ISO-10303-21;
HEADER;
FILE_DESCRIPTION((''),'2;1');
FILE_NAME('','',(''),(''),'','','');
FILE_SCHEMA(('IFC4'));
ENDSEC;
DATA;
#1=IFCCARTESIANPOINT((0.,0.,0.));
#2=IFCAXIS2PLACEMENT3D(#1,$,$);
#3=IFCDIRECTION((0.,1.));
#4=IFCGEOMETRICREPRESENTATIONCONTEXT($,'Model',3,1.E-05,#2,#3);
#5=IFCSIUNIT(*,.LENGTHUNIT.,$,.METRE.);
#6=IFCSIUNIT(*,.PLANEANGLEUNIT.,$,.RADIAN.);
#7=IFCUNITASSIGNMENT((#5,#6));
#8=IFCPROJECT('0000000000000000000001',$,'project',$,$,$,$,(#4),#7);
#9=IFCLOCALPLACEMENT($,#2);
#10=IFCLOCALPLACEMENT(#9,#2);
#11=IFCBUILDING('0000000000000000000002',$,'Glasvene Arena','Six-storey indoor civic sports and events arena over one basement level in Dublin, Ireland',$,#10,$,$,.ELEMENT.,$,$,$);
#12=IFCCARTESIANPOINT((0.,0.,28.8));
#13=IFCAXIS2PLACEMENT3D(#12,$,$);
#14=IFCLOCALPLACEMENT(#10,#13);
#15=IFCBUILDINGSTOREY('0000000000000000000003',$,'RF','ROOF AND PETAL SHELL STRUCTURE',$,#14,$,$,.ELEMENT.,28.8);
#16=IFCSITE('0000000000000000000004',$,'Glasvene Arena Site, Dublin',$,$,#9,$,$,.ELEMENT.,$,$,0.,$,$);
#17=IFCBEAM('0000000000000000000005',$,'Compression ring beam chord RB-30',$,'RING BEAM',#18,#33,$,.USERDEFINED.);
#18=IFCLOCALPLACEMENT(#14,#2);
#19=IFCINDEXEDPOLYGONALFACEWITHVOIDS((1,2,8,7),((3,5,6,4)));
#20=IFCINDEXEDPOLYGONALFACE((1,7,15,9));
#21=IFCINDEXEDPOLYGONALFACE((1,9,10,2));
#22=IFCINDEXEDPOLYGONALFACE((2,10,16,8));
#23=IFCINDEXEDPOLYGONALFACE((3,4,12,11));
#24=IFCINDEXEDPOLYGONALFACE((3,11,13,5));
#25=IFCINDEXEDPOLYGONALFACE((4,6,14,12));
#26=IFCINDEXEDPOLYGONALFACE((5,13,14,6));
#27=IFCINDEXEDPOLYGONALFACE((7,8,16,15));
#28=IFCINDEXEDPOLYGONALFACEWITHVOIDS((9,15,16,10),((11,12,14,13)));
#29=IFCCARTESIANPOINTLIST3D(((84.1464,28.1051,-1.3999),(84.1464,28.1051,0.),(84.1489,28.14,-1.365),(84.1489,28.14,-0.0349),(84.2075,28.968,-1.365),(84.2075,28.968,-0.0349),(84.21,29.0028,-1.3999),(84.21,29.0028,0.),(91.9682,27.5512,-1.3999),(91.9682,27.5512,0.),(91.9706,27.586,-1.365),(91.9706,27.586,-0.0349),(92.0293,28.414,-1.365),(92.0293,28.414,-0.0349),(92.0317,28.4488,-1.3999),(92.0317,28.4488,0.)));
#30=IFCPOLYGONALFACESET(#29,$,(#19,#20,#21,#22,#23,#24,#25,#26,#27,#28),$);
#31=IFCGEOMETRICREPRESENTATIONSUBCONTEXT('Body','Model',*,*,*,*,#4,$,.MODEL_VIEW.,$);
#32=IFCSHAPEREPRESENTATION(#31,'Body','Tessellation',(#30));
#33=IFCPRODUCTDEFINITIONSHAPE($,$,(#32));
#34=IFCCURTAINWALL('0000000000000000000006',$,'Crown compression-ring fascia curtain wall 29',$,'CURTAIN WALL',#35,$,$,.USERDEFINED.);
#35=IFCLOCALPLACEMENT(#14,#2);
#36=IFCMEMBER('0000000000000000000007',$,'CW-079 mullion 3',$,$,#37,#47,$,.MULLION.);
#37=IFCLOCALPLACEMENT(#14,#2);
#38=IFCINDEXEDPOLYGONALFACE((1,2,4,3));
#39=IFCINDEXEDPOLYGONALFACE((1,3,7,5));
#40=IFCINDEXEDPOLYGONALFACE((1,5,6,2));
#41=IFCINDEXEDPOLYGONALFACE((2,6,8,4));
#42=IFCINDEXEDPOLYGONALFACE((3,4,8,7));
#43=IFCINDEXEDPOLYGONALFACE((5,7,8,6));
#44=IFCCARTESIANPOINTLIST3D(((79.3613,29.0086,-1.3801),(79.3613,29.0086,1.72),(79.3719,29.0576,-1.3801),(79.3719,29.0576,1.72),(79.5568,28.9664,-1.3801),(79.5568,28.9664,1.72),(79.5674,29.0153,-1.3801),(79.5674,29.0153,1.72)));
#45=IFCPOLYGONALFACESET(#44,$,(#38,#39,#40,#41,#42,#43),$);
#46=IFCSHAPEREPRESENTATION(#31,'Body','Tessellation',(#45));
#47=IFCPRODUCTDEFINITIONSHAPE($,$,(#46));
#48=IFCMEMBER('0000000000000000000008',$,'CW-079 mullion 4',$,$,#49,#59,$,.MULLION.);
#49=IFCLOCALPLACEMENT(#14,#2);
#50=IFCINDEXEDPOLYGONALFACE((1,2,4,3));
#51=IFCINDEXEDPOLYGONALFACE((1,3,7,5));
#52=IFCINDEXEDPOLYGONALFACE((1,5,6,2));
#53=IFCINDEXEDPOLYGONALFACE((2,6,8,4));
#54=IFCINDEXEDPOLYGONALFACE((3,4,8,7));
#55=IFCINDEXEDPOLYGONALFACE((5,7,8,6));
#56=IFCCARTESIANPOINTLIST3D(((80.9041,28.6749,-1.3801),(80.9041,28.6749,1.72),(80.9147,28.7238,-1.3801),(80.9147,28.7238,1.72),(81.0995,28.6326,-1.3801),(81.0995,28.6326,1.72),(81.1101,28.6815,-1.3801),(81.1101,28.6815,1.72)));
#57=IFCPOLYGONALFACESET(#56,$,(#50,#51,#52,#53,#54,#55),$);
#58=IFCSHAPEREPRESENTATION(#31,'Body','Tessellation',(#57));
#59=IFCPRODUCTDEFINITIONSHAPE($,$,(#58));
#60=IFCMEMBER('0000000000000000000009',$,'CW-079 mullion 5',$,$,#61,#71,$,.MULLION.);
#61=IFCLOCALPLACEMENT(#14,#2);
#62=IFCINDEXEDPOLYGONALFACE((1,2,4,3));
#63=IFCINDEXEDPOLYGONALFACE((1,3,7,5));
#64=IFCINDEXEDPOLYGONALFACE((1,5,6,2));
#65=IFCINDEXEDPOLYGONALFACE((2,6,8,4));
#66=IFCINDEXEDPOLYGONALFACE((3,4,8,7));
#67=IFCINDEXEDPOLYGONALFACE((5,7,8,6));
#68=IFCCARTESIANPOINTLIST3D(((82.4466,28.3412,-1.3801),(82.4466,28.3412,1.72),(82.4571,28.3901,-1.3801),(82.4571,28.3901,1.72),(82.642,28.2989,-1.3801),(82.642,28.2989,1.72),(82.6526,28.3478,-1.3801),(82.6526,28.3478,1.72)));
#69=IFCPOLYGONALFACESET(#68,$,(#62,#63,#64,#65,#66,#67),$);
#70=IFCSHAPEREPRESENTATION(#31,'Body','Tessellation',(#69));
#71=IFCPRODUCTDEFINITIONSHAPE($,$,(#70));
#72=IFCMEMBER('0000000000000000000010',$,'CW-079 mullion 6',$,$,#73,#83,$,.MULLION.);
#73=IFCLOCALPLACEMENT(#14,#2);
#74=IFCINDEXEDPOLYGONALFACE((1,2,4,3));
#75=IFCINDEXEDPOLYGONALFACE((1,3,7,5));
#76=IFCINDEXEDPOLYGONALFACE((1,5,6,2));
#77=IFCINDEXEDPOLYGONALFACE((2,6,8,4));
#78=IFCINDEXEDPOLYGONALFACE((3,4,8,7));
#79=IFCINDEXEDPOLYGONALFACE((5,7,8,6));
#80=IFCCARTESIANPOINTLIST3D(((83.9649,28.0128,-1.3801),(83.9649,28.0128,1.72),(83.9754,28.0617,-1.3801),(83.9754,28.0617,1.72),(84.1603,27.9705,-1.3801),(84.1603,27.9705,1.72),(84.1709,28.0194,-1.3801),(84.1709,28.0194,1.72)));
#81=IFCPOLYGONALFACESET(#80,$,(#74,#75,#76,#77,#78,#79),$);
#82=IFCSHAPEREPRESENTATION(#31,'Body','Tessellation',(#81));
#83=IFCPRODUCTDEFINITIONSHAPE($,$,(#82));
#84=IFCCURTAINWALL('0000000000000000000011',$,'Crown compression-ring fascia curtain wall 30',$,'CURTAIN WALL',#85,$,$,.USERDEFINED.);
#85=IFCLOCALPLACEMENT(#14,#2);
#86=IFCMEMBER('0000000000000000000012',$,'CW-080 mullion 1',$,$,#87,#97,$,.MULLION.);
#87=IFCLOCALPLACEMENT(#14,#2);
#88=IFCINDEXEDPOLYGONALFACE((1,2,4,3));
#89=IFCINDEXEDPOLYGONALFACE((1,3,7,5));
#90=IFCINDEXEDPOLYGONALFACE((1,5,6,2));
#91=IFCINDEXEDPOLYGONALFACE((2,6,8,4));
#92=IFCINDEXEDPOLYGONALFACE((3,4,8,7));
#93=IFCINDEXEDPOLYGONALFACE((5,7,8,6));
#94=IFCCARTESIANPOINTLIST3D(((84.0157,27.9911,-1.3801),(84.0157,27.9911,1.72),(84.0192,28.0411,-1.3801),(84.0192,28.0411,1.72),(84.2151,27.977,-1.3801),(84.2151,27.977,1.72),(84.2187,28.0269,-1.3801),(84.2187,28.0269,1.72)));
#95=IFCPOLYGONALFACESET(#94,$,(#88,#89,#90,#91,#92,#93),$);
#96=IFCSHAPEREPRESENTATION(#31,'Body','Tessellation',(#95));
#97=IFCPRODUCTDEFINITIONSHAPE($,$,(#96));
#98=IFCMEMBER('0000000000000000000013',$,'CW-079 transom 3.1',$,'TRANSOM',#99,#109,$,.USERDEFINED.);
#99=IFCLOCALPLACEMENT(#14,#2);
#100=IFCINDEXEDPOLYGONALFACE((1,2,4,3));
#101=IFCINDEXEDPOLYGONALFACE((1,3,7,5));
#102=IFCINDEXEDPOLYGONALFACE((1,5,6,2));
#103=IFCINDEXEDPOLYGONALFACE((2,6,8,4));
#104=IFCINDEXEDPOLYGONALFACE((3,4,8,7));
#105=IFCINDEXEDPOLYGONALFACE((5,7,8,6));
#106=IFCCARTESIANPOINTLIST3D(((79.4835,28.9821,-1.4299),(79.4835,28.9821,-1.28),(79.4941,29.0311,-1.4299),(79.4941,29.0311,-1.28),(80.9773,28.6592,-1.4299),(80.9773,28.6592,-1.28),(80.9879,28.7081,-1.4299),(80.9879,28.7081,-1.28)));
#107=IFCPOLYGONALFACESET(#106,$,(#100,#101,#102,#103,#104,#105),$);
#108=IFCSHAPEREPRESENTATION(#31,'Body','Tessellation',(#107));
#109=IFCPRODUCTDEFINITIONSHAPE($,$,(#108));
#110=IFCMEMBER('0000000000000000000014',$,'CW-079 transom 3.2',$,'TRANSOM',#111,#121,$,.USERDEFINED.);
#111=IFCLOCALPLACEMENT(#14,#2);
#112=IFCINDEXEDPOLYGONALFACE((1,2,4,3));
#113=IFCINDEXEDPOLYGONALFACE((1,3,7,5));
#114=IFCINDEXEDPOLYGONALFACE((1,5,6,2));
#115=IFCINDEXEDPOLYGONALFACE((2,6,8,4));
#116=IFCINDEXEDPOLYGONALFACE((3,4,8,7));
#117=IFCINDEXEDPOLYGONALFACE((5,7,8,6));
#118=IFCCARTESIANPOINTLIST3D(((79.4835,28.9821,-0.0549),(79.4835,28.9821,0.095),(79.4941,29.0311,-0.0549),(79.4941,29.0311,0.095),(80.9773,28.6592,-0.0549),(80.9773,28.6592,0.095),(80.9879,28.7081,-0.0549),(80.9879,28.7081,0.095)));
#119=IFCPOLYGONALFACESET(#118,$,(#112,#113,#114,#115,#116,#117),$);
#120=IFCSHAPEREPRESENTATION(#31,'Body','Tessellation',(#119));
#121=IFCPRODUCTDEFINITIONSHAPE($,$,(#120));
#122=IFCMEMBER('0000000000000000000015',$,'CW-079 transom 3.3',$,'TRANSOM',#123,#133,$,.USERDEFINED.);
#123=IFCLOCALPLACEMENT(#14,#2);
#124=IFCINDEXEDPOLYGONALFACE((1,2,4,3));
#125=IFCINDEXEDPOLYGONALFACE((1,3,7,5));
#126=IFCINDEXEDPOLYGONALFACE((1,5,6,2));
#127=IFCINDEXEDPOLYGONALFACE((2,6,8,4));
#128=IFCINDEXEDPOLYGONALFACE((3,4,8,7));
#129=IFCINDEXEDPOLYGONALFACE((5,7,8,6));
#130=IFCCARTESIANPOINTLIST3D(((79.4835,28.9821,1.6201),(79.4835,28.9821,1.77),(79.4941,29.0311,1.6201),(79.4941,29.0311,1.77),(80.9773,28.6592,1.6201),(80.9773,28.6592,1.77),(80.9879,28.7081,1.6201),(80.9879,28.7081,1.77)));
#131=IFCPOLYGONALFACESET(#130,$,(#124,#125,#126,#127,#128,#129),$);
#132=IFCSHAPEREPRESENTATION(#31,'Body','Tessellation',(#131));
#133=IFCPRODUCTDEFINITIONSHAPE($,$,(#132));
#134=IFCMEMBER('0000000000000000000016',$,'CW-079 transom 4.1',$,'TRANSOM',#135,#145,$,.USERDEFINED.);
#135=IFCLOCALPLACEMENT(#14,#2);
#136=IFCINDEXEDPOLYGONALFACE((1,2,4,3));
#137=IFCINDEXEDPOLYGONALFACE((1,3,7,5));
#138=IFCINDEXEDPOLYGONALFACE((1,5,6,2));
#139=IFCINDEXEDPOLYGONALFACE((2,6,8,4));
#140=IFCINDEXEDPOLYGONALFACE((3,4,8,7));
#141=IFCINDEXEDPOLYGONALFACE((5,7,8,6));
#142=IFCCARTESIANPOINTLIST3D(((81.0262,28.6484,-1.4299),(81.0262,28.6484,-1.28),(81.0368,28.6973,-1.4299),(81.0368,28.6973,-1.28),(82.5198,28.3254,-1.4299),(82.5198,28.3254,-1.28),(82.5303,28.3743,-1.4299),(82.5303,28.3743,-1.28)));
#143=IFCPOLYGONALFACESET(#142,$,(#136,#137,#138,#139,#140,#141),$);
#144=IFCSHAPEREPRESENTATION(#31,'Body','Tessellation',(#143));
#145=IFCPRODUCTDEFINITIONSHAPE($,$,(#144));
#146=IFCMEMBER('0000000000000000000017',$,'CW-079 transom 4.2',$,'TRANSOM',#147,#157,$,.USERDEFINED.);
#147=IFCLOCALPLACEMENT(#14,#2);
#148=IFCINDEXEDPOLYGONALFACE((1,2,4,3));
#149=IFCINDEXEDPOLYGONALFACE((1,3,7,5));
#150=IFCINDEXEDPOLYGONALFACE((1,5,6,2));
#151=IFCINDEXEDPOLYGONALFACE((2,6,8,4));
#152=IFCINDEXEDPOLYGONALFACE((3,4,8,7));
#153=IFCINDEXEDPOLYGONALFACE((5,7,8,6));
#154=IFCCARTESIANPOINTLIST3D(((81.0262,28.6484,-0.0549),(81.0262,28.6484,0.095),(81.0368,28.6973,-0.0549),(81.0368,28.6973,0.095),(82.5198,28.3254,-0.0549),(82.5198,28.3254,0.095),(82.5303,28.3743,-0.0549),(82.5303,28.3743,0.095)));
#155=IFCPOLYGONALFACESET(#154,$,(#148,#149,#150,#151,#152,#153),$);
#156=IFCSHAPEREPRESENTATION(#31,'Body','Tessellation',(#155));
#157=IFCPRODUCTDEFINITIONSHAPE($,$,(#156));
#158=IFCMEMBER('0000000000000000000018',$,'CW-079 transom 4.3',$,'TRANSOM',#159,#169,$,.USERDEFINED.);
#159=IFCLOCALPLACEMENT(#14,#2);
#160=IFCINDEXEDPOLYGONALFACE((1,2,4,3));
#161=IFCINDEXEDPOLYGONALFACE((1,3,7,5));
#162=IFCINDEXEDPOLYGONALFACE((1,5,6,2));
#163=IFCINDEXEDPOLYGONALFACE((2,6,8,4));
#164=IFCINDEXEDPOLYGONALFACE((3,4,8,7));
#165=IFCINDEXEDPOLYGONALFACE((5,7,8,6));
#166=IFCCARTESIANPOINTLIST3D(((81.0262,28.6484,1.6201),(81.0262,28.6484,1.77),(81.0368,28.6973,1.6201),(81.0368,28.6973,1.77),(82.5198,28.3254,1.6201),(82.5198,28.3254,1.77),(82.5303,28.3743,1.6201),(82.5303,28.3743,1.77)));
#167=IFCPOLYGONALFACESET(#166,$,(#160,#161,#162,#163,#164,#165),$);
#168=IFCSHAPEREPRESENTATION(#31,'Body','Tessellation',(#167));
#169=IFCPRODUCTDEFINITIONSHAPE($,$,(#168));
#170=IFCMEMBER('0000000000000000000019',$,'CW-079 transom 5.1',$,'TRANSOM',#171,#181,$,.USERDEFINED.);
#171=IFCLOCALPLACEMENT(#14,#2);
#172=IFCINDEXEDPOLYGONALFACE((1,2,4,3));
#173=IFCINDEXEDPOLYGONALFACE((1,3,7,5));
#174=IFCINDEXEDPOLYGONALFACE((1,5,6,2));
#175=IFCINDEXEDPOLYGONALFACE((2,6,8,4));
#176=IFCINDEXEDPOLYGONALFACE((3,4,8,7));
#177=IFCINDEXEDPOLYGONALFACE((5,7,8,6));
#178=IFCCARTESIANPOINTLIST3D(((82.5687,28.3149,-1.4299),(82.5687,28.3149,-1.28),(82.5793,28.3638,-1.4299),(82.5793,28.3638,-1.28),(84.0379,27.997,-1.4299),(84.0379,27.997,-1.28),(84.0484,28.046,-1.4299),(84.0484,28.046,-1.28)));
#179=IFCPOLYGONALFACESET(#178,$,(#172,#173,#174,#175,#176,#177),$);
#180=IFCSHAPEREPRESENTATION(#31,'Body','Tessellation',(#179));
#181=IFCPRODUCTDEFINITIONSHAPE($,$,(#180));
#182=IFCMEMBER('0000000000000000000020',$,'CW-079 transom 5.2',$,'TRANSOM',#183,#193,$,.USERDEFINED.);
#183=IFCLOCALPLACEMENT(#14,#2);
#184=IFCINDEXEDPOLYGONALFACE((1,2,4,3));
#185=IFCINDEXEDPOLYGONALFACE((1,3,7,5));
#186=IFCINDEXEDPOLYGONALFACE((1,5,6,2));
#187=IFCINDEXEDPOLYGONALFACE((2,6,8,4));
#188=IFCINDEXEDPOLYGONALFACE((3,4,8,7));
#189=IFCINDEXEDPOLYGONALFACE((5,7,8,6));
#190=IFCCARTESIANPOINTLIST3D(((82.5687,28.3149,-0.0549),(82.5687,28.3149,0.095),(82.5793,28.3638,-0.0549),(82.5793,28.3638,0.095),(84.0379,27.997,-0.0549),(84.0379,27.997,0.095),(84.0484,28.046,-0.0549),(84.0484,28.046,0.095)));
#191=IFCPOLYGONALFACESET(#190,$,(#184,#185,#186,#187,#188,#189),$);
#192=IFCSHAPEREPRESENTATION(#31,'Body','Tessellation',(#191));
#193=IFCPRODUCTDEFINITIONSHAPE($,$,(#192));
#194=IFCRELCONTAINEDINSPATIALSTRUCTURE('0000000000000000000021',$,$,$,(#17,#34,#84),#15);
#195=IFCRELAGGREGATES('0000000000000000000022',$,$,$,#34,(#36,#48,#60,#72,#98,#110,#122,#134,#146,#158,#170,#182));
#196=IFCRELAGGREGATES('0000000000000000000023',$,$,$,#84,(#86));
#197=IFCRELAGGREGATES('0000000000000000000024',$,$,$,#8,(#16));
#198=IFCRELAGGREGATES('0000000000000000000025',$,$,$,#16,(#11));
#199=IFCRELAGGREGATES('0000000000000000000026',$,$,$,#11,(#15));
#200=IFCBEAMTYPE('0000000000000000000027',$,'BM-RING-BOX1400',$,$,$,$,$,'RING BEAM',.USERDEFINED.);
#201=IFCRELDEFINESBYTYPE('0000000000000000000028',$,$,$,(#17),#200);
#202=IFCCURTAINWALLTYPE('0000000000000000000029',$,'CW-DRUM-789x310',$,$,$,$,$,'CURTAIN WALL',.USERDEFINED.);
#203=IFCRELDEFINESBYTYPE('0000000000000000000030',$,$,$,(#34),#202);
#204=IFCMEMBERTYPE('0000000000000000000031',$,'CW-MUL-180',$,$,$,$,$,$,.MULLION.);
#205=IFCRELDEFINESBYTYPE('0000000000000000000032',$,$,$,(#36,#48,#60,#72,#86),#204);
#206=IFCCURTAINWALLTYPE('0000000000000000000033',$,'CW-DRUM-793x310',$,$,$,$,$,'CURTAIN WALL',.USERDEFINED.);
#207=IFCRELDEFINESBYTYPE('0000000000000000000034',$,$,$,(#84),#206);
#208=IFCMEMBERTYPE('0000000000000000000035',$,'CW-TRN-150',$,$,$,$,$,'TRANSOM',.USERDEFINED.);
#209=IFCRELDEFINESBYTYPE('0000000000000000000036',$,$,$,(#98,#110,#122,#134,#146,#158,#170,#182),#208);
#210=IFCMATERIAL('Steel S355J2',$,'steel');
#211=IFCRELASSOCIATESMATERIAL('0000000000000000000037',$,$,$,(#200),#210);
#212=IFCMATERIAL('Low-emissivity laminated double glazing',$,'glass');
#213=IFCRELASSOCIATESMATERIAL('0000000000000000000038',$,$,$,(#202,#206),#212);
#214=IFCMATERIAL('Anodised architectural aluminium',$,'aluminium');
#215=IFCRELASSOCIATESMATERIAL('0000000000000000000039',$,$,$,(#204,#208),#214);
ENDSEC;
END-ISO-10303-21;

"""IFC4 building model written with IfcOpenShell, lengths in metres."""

from ifc_helpers import new_model, si_unit, direction, frame, origin, origin_2d, place, context, subcontext, project, spatial, rectangle, hollow_rectangle, extrude, material, material_profile, profile_set, type_object, element, aggregate, save


model = new_model("IFC4")

# Units and contexts
model_context = context("Model", 3, precision=1e-05, world=origin(), true_north=direction((0.0, 1.0)))
body_context = subcontext(model_context, "Body", "Model", "MODEL_VIEW")
ifc_project = project(units=[si_unit("LENGTHUNIT", "METRE"), si_unit("PLANEANGLEUNIT", "RADIAN")], contexts=[model_context])

# Site, building, storey
site_placement = place(None, origin())
site = spatial("IfcSite", under=ifc_project, at=site_placement, Name="Glasvene Arena Site, Dublin", CompositionType="ELEMENT", RefElevation=0.0)
building_placement = place(site_placement, origin())
building = spatial("IfcBuilding", under=site, at=building_placement, Name="Glasvene Arena", Description="Six-storey indoor civic sports and events arena over one basement level in Dublin, Ireland", CompositionType="ELEMENT")
storey_placement = place(building_placement, frame((0.0, 0.0, 28.8)))
storey = spatial("IfcBuildingStorey", under=building, at=storey_placement, Name="RF", Description="ROOF AND PETAL SHELL STRUCTURE", CompositionType="ELEMENT", Elevation=28.8)

# Beam
ifc_material_1 = material(Name="Steel S355J2", Category="steel")
ifc_material_profile_1 = material_profile(ifc_material_1, hollow_rectangle(XDim=0.8999, YDim=1.3999, WallThickness=0.0349, at=origin_2d()), Name="WBOX 900x1400x35")
ifc_profile_set_1 = profile_set([ifc_material_profile_1], Name="Steel S355J2")
beam_type = type_object("IfcBeamType", Name="BM-RING-BOX1400", ElementType="RING BEAM", PredefinedType="USERDEFINED", material=ifc_profile_set_1)
beam_placement = place(storey_placement, frame((84.1782, 28.554, -0.7), z_axis=(0.997502, -0.070645, 0.0), x_axis=(0.070645, 0.997502, 0.0)))
element("IfcBeam", 1, at=beam_placement, inside=storey, type_object=beam_type, Name="Compression ring beam chord RB-30", ObjectType="RING BEAM", PredefinedType="USERDEFINED", context=body_context, shape_type="SweptSolid", body=[
    extrude(hollow_rectangle(XDim=0.8999, YDim=1.3999, WallThickness=0.0349, at=origin_2d()), origin(), (0.0, 0.0, 1.0), 7.8413),
])

# Curtain wall, members
ifc_material_2 = material(Name="Low-emissivity laminated double glazing", Category="glass")
curtain_wall_type_1 = type_object("IfcCurtainWallType", Name="CW-DRUM-789x310", ElementType="CURTAIN WALL", PredefinedType="USERDEFINED", material=ifc_material_2)
curtain_wall_1_placement = place(storey_placement, frame((76.3792, 29.6794, 0.0)))
curtain_wall_1 = element("IfcCurtainWall", 2, at=curtain_wall_1_placement, inside=storey, type_object=curtain_wall_type_1, Name="Crown compression-ring fascia curtain wall 29", ObjectType="CURTAIN WALL", PredefinedType="USERDEFINED")
ifc_material_3 = material(Name="Anodised architectural aluminium", Category="aluminium")
ifc_material_profile_2 = material_profile(ifc_material_3, rectangle(XDim=0.05, YDim=0.2, at=origin_2d()), Name="ALU MULLION 50x200")
ifc_profile_set_2 = profile_set([ifc_material_profile_2], Name="Anodised architectural aluminium")
member_type_1 = type_object("IfcMemberType", Name="CW-MUL-180", PredefinedType="MULLION", material=ifc_profile_set_2)
member_1_placement = place(storey_placement, frame((79.4644, 29.012, -1.3801), z_axis=(0.0, 0.0, 1.0), x_axis=(0.211445, 0.97739, 0.0)))
member_1 = element("IfcMember", 3, at=member_1_placement, type_object=member_type_1, Name="CW-079 mullion 3", PredefinedType="MULLION", context=body_context, shape_type="SweptSolid", body=[
    extrude(rectangle(XDim=0.05, YDim=0.2, at=origin_2d()), origin(), (0.0, 0.0, 1.0), 3.1001),
])
member_2_placement = place(storey_placement, frame((81.0071, 28.6782, -1.3801), z_axis=(0.0, 0.0, 1.0), x_axis=(0.211445, 0.97739, 0.0)))
member_2 = element("IfcMember", 4, at=member_2_placement, type_object=member_type_1, Name="CW-079 mullion 4", PredefinedType="MULLION", context=body_context, shape_type="SweptSolid", body=[
    extrude(rectangle(XDim=0.05, YDim=0.2, at=origin_2d()), origin(), (0.0, 0.0, 1.0), 3.1001),
])
member_3_placement = place(storey_placement, frame((82.5496, 28.3445, -1.3801), z_axis=(0.0, 0.0, 1.0), x_axis=(0.211445, 0.97739, 0.0)))
member_3 = element("IfcMember", 5, at=member_3_placement, type_object=member_type_1, Name="CW-079 mullion 5", PredefinedType="MULLION", context=body_context, shape_type="SweptSolid", body=[
    extrude(rectangle(XDim=0.05, YDim=0.2, at=origin_2d()), origin(), (0.0, 0.0, 1.0), 3.1001),
])
member_4_placement = place(storey_placement, frame((84.0679, 28.0161, -1.3801), z_axis=(0.0, 0.0, 1.0), x_axis=(0.211445, 0.97739, 0.0)))
member_4 = element("IfcMember", 6, at=member_4_placement, type_object=member_type_1, Name="CW-079 mullion 6", PredefinedType="MULLION", context=body_context, shape_type="SweptSolid", body=[
    extrude(rectangle(XDim=0.05, YDim=0.2, at=origin_2d()), origin(), (0.0, 0.0, 1.0), 3.1001),
])

# Curtain wall, member
curtain_wall_type_2 = type_object("IfcCurtainWallType", Name="CW-DRUM-793x310", ElementType="CURTAIN WALL", PredefinedType="USERDEFINED", material=ifc_material_2)
curtain_wall_2_placement = place(storey_placement, frame((84.0923, 28.0107, 0.0)))
curtain_wall_2 = element("IfcCurtainWall", 7, at=curtain_wall_2_placement, inside=storey, type_object=curtain_wall_type_2, Name="Crown compression-ring fascia curtain wall 30", ObjectType="CURTAIN WALL", PredefinedType="USERDEFINED")
member_5_placement = place(storey_placement, frame((84.1172, 28.009, -1.3801), z_axis=(0.0, 0.0, 1.0), x_axis=(0.07074, 0.997495, 0.0)))
member_5 = element("IfcMember", 8, at=member_5_placement, type_object=member_type_1, Name="CW-080 mullion 1", PredefinedType="MULLION", context=body_context, shape_type="SweptSolid", body=[
    extrude(rectangle(XDim=0.05, YDim=0.2, at=origin_2d()), origin(), (0.0, 0.0, 1.0), 3.1001),
])

# Members
ifc_material_profile_3 = material_profile(ifc_material_3, rectangle(XDim=0.05, YDim=0.1499, at=origin_2d()), Name="ALU TRANSOM 50x150")
ifc_profile_set_3 = profile_set([ifc_material_profile_3], Name="Anodised architectural aluminium")
member_type_2 = type_object("IfcMemberType", Name="CW-TRN-150", ElementType="TRANSOM", PredefinedType="USERDEFINED", material=ifc_profile_set_3)
member_6_placement = place(storey_placement, frame((79.4888, 29.0066, -1.355), z_axis=(0.977415, -0.211329, 0.0), x_axis=(0.211329, 0.977415, 0.0)))
member_6 = element("IfcMember", 9, at=member_6_placement, type_object=member_type_2, Name="CW-079 transom 3.1", ObjectType="TRANSOM", PredefinedType="USERDEFINED", context=body_context, shape_type="SweptSolid", body=[
    extrude(rectangle(XDim=0.05, YDim=0.1499, at=origin_2d()), origin(), (0.0, 0.0, 1.0), 1.5283),
])
member_7_placement = place(storey_placement, frame((79.4888, 29.0066, 0.02), z_axis=(0.977415, -0.211329, 0.0), x_axis=(0.211329, 0.977415, 0.0)))
member_7 = element("IfcMember", 10, at=member_7_placement, type_object=member_type_2, Name="CW-079 transom 3.2", ObjectType="TRANSOM", PredefinedType="USERDEFINED", context=body_context, shape_type="SweptSolid", body=[
    extrude(rectangle(XDim=0.05, YDim=0.1499, at=origin_2d()), origin(), (0.0, 0.0, 1.0), 1.5283),
])
member_8_placement = place(storey_placement, frame((79.4888, 29.0066, 1.6951), z_axis=(0.977415, -0.211329, 0.0), x_axis=(0.211329, 0.977415, 0.0)))
member_8 = element("IfcMember", 11, at=member_8_placement, type_object=member_type_2, Name="CW-079 transom 3.3", ObjectType="TRANSOM", PredefinedType="USERDEFINED", context=body_context, shape_type="SweptSolid", body=[
    extrude(rectangle(XDim=0.05, YDim=0.1499, at=origin_2d()), origin(), (0.0, 0.0, 1.0), 1.5283),
])
member_9_placement = place(storey_placement, frame((81.0315, 28.6729, -1.355), z_axis=(0.977408, -0.211362, 0.0), x_axis=(0.211362, 0.977408, 0.0)))
member_9 = element("IfcMember", 12, at=member_9_placement, type_object=member_type_2, Name="CW-079 transom 4.1", ObjectType="TRANSOM", PredefinedType="USERDEFINED", context=body_context, shape_type="SweptSolid", body=[
    extrude(rectangle(XDim=0.05, YDim=0.1499, at=origin_2d()), origin(), (0.0, 0.0, 1.0), 1.5281),
])
member_10_placement = place(storey_placement, frame((81.0315, 28.6729, 0.02), z_axis=(0.977408, -0.211362, 0.0), x_axis=(0.211362, 0.977408, 0.0)))
member_10 = element("IfcMember", 13, at=member_10_placement, type_object=member_type_2, Name="CW-079 transom 4.2", ObjectType="TRANSOM", PredefinedType="USERDEFINED", context=body_context, shape_type="SweptSolid", body=[
    extrude(rectangle(XDim=0.05, YDim=0.1499, at=origin_2d()), origin(), (0.0, 0.0, 1.0), 1.5281),
])
member_11_placement = place(storey_placement, frame((81.0315, 28.6729, 1.6951), z_axis=(0.977408, -0.211362, 0.0), x_axis=(0.211362, 0.977408, 0.0)))
member_11 = element("IfcMember", 14, at=member_11_placement, type_object=member_type_2, Name="CW-079 transom 4.3", ObjectType="TRANSOM", PredefinedType="USERDEFINED", context=body_context, shape_type="SweptSolid", body=[
    extrude(rectangle(XDim=0.05, YDim=0.1499, at=origin_2d()), origin(), (0.0, 0.0, 1.0), 1.5281),
])
member_12_placement = place(storey_placement, frame((82.574, 28.3394, -1.355), z_axis=(0.977387, -0.211459, 0.0), x_axis=(0.211459, 0.977387, 0.0)))
member_12 = element("IfcMember", 15, at=member_12_placement, type_object=member_type_2, Name="CW-079 transom 5.1", ObjectType="TRANSOM", PredefinedType="USERDEFINED", context=body_context, shape_type="SweptSolid", body=[
    extrude(rectangle(XDim=0.05, YDim=0.1499, at=origin_2d()), origin(), (0.0, 0.0, 1.0), 1.5032),
])
member_13_placement = place(storey_placement, frame((82.574, 28.3394, 0.02), z_axis=(0.977387, -0.211459, 0.0), x_axis=(0.211459, 0.977387, 0.0)))
member_13 = element("IfcMember", 16, at=member_13_placement, type_object=member_type_2, Name="CW-079 transom 5.2", ObjectType="TRANSOM", PredefinedType="USERDEFINED", context=body_context, shape_type="SweptSolid", body=[
    extrude(rectangle(XDim=0.05, YDim=0.1499, at=origin_2d()), origin(), (0.0, 0.0, 1.0), 1.5032),
])

aggregate(curtain_wall_1, [member_1, member_2, member_3, member_4, member_6, member_7, member_8, member_9, member_10, member_11, member_12, member_13])
aggregate(curtain_wall_2, [member_5])

save(model, "model.ifc")
